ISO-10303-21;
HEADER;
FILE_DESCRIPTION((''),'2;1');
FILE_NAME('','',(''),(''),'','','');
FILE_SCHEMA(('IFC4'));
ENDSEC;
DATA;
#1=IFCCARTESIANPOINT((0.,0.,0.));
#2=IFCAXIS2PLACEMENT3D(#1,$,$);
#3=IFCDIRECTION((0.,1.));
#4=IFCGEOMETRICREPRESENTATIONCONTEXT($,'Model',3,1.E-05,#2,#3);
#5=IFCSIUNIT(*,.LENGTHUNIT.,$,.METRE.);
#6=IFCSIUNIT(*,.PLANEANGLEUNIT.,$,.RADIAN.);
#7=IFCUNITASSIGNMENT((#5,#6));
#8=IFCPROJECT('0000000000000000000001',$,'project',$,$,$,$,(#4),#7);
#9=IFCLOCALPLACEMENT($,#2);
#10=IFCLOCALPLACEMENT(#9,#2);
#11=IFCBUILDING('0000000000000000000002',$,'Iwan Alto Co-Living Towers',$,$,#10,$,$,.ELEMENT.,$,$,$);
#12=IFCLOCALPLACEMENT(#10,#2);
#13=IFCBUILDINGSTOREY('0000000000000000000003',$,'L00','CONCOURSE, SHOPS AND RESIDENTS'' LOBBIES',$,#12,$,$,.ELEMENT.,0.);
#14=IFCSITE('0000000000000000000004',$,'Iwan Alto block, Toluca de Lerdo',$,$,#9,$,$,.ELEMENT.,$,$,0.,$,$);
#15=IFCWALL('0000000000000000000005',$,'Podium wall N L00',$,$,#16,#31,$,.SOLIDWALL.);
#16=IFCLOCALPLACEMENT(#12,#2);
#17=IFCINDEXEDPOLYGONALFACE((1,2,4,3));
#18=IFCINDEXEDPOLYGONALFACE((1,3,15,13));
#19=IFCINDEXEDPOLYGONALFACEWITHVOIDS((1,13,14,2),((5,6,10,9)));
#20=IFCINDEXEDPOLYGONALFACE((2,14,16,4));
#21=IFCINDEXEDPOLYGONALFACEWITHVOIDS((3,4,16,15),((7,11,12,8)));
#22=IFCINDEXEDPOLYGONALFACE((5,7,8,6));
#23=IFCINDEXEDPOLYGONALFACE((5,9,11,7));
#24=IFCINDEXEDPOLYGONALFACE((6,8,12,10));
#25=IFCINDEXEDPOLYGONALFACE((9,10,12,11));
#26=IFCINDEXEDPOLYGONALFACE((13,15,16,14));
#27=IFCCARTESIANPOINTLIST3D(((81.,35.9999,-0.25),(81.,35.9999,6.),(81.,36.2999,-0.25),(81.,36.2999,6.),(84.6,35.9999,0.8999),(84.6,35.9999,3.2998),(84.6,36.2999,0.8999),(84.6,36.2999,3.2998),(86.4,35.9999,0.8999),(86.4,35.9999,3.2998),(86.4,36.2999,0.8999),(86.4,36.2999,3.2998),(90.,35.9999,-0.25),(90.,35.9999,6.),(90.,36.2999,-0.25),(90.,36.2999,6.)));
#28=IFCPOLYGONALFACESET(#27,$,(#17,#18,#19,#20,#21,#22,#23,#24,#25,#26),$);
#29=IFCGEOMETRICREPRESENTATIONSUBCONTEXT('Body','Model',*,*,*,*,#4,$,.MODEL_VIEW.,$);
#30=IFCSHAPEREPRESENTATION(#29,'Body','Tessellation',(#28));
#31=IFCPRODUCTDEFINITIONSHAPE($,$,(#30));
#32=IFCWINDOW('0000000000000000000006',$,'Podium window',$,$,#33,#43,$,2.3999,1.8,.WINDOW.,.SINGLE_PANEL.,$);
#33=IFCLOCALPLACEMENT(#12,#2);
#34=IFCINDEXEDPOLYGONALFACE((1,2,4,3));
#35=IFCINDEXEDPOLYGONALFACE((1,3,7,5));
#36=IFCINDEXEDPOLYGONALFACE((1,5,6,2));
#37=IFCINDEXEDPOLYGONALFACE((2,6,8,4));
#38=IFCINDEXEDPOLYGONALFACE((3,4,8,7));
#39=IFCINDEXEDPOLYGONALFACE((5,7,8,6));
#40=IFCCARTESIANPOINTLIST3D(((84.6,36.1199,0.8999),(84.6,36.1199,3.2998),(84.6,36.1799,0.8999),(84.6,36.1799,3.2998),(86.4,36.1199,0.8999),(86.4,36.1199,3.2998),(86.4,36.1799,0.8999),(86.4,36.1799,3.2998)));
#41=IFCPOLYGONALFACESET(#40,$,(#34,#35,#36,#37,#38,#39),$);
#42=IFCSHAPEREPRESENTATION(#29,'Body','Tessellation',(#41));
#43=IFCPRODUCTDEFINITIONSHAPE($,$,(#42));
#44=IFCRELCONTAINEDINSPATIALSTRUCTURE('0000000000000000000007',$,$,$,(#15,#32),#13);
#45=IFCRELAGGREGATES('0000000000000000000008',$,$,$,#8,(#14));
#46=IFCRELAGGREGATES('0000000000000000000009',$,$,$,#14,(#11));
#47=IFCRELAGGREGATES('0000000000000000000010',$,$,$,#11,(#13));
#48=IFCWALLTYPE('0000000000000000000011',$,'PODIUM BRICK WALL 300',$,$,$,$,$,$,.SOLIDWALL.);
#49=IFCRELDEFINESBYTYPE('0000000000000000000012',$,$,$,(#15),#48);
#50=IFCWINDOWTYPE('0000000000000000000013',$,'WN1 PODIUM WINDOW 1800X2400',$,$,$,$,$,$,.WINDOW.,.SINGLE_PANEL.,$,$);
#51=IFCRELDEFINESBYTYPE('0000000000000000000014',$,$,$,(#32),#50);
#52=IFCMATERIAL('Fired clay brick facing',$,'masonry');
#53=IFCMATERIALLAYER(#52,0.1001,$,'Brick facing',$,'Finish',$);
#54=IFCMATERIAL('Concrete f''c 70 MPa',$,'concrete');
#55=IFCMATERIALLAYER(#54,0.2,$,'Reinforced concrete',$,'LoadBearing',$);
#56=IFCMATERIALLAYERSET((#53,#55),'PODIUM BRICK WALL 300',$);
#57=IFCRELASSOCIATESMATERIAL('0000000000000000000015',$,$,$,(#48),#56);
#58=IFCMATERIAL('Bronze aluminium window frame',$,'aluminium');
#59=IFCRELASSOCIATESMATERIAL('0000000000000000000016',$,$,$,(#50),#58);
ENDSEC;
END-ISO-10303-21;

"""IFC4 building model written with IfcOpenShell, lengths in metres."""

from ifc_helpers import new_model, si_unit, direction, frame, frame_2d, origin, place, context, subcontext, project, spatial, rectangle, extrude, material, layer, layer_set, type_object, element, fill, save


model = new_model("IFC4")

# Units and contexts
model_context = context("Model", 3, precision=1e-05, world=origin(), true_north=direction((0.0, 1.0)))
body_context = subcontext(model_context, "Body", "Model", "MODEL_VIEW")
ifc_project = project(units=[si_unit("LENGTHUNIT", "METRE"), si_unit("PLANEANGLEUNIT", "RADIAN")], contexts=[model_context])

# Site, building, storey
site_placement = place(None, origin())
site = spatial("IfcSite", under=ifc_project, at=site_placement, Name="Iwan Alto block, Toluca de Lerdo", CompositionType="ELEMENT", RefElevation=0.0)
building_placement = place(site_placement, origin())
building = spatial("IfcBuilding", under=site, at=building_placement, Name="Iwan Alto Co-Living Towers", CompositionType="ELEMENT")
storey_placement = place(building_placement, origin())
storey = spatial("IfcBuildingStorey", under=building, at=storey_placement, Name="L00", Description="CONCOURSE, SHOPS AND RESIDENTS' LOBBIES", CompositionType="ELEMENT", Elevation=0.0)

# Shared definitions
ifc_material_1 = material(Name="Fired clay brick facing", Category="masonry")
ifc_layer_1 = layer(ifc_material_1, 0.1001, Name="Brick facing", Category="Finish")
ifc_material_2 = material(Name="Concrete f'c 70 MPa", Category="concrete")
ifc_layer_2 = layer(ifc_material_2, 0.2, Name="Reinforced concrete", Category="LoadBearing")
ifc_layer_set = layer_set([ifc_layer_1, ifc_layer_2], Name="PODIUM BRICK WALL 300")
wall_type = type_object("IfcWallType", Name="PODIUM BRICK WALL 300", PredefinedType="SOLIDWALL", material=ifc_layer_set)

# Wall, opening, window
wall_1_placement = place(storey_placement, frame((90.0, 36.1499, -0.25), z_axis=(0.0, 0.0, 1.0), x_axis=(-1.0, 0.0, 0.0)))
wall_1 = element("IfcWall", 1, at=wall_1_placement, inside=storey, type_object=wall_type, Name="Podium wall N L00", PredefinedType="SOLIDWALL", context=body_context, shape_type="SweptSolid", body=[
    extrude(rectangle(XDim=9.0, YDim=0.3, at=frame_2d((4.5, 0.0))), origin(), (0.0, 0.0, 1.0), 6.25),
])
opening_1_placement = place(wall_1_placement, frame((3.6001, 0.0, 1.1499)))
opening_1 = element("IfcOpeningElement", 2, at=opening_1_placement, cuts=wall_1, PredefinedType="OPENING", context=body_context, shape_type="SweptSolid", body=[
    extrude(rectangle(XDim=1.8, YDim=2.3999, at=frame_2d((0.8999, 1.2))), frame((0.0, 0.1599, 0.0), z_axis=(0.0, -1.0, 0.0), x_axis=(1.0, 0.0, 0.0)), (0.0, 0.0, 1.0), 0.3201),
])
ifc_material_3 = material(Name="Bronze aluminium window frame", Category="aluminium")
window_type_1 = type_object("IfcWindowType", Name="WN1 PODIUM WINDOW 1800X2400", PartitioningType="SINGLE_PANEL", PredefinedType="WINDOW", material=ifc_material_3)
window_1_placement = place(opening_1_placement, origin())
window_1 = element("IfcWindow", 3, at=window_1_placement, inside=storey, type_object=window_type_1, Name="Podium window", OverallHeight=2.3999, OverallWidth=1.8, PartitioningType="SINGLE_PANEL", PredefinedType="WINDOW", context=body_context, shape_type="SweptSolid", body=[
    extrude(rectangle(XDim=1.8, YDim=2.3999, at=frame_2d((0.8999, 1.2))), frame((0.0, 0.03, 0.0), z_axis=(0.0, -1.0, 0.0), x_axis=(1.0, 0.0, 0.0)), (0.0, 0.0, 1.0), 0.0601),
])
fill(opening_1, window_1)

save(model, "model.ifc")
